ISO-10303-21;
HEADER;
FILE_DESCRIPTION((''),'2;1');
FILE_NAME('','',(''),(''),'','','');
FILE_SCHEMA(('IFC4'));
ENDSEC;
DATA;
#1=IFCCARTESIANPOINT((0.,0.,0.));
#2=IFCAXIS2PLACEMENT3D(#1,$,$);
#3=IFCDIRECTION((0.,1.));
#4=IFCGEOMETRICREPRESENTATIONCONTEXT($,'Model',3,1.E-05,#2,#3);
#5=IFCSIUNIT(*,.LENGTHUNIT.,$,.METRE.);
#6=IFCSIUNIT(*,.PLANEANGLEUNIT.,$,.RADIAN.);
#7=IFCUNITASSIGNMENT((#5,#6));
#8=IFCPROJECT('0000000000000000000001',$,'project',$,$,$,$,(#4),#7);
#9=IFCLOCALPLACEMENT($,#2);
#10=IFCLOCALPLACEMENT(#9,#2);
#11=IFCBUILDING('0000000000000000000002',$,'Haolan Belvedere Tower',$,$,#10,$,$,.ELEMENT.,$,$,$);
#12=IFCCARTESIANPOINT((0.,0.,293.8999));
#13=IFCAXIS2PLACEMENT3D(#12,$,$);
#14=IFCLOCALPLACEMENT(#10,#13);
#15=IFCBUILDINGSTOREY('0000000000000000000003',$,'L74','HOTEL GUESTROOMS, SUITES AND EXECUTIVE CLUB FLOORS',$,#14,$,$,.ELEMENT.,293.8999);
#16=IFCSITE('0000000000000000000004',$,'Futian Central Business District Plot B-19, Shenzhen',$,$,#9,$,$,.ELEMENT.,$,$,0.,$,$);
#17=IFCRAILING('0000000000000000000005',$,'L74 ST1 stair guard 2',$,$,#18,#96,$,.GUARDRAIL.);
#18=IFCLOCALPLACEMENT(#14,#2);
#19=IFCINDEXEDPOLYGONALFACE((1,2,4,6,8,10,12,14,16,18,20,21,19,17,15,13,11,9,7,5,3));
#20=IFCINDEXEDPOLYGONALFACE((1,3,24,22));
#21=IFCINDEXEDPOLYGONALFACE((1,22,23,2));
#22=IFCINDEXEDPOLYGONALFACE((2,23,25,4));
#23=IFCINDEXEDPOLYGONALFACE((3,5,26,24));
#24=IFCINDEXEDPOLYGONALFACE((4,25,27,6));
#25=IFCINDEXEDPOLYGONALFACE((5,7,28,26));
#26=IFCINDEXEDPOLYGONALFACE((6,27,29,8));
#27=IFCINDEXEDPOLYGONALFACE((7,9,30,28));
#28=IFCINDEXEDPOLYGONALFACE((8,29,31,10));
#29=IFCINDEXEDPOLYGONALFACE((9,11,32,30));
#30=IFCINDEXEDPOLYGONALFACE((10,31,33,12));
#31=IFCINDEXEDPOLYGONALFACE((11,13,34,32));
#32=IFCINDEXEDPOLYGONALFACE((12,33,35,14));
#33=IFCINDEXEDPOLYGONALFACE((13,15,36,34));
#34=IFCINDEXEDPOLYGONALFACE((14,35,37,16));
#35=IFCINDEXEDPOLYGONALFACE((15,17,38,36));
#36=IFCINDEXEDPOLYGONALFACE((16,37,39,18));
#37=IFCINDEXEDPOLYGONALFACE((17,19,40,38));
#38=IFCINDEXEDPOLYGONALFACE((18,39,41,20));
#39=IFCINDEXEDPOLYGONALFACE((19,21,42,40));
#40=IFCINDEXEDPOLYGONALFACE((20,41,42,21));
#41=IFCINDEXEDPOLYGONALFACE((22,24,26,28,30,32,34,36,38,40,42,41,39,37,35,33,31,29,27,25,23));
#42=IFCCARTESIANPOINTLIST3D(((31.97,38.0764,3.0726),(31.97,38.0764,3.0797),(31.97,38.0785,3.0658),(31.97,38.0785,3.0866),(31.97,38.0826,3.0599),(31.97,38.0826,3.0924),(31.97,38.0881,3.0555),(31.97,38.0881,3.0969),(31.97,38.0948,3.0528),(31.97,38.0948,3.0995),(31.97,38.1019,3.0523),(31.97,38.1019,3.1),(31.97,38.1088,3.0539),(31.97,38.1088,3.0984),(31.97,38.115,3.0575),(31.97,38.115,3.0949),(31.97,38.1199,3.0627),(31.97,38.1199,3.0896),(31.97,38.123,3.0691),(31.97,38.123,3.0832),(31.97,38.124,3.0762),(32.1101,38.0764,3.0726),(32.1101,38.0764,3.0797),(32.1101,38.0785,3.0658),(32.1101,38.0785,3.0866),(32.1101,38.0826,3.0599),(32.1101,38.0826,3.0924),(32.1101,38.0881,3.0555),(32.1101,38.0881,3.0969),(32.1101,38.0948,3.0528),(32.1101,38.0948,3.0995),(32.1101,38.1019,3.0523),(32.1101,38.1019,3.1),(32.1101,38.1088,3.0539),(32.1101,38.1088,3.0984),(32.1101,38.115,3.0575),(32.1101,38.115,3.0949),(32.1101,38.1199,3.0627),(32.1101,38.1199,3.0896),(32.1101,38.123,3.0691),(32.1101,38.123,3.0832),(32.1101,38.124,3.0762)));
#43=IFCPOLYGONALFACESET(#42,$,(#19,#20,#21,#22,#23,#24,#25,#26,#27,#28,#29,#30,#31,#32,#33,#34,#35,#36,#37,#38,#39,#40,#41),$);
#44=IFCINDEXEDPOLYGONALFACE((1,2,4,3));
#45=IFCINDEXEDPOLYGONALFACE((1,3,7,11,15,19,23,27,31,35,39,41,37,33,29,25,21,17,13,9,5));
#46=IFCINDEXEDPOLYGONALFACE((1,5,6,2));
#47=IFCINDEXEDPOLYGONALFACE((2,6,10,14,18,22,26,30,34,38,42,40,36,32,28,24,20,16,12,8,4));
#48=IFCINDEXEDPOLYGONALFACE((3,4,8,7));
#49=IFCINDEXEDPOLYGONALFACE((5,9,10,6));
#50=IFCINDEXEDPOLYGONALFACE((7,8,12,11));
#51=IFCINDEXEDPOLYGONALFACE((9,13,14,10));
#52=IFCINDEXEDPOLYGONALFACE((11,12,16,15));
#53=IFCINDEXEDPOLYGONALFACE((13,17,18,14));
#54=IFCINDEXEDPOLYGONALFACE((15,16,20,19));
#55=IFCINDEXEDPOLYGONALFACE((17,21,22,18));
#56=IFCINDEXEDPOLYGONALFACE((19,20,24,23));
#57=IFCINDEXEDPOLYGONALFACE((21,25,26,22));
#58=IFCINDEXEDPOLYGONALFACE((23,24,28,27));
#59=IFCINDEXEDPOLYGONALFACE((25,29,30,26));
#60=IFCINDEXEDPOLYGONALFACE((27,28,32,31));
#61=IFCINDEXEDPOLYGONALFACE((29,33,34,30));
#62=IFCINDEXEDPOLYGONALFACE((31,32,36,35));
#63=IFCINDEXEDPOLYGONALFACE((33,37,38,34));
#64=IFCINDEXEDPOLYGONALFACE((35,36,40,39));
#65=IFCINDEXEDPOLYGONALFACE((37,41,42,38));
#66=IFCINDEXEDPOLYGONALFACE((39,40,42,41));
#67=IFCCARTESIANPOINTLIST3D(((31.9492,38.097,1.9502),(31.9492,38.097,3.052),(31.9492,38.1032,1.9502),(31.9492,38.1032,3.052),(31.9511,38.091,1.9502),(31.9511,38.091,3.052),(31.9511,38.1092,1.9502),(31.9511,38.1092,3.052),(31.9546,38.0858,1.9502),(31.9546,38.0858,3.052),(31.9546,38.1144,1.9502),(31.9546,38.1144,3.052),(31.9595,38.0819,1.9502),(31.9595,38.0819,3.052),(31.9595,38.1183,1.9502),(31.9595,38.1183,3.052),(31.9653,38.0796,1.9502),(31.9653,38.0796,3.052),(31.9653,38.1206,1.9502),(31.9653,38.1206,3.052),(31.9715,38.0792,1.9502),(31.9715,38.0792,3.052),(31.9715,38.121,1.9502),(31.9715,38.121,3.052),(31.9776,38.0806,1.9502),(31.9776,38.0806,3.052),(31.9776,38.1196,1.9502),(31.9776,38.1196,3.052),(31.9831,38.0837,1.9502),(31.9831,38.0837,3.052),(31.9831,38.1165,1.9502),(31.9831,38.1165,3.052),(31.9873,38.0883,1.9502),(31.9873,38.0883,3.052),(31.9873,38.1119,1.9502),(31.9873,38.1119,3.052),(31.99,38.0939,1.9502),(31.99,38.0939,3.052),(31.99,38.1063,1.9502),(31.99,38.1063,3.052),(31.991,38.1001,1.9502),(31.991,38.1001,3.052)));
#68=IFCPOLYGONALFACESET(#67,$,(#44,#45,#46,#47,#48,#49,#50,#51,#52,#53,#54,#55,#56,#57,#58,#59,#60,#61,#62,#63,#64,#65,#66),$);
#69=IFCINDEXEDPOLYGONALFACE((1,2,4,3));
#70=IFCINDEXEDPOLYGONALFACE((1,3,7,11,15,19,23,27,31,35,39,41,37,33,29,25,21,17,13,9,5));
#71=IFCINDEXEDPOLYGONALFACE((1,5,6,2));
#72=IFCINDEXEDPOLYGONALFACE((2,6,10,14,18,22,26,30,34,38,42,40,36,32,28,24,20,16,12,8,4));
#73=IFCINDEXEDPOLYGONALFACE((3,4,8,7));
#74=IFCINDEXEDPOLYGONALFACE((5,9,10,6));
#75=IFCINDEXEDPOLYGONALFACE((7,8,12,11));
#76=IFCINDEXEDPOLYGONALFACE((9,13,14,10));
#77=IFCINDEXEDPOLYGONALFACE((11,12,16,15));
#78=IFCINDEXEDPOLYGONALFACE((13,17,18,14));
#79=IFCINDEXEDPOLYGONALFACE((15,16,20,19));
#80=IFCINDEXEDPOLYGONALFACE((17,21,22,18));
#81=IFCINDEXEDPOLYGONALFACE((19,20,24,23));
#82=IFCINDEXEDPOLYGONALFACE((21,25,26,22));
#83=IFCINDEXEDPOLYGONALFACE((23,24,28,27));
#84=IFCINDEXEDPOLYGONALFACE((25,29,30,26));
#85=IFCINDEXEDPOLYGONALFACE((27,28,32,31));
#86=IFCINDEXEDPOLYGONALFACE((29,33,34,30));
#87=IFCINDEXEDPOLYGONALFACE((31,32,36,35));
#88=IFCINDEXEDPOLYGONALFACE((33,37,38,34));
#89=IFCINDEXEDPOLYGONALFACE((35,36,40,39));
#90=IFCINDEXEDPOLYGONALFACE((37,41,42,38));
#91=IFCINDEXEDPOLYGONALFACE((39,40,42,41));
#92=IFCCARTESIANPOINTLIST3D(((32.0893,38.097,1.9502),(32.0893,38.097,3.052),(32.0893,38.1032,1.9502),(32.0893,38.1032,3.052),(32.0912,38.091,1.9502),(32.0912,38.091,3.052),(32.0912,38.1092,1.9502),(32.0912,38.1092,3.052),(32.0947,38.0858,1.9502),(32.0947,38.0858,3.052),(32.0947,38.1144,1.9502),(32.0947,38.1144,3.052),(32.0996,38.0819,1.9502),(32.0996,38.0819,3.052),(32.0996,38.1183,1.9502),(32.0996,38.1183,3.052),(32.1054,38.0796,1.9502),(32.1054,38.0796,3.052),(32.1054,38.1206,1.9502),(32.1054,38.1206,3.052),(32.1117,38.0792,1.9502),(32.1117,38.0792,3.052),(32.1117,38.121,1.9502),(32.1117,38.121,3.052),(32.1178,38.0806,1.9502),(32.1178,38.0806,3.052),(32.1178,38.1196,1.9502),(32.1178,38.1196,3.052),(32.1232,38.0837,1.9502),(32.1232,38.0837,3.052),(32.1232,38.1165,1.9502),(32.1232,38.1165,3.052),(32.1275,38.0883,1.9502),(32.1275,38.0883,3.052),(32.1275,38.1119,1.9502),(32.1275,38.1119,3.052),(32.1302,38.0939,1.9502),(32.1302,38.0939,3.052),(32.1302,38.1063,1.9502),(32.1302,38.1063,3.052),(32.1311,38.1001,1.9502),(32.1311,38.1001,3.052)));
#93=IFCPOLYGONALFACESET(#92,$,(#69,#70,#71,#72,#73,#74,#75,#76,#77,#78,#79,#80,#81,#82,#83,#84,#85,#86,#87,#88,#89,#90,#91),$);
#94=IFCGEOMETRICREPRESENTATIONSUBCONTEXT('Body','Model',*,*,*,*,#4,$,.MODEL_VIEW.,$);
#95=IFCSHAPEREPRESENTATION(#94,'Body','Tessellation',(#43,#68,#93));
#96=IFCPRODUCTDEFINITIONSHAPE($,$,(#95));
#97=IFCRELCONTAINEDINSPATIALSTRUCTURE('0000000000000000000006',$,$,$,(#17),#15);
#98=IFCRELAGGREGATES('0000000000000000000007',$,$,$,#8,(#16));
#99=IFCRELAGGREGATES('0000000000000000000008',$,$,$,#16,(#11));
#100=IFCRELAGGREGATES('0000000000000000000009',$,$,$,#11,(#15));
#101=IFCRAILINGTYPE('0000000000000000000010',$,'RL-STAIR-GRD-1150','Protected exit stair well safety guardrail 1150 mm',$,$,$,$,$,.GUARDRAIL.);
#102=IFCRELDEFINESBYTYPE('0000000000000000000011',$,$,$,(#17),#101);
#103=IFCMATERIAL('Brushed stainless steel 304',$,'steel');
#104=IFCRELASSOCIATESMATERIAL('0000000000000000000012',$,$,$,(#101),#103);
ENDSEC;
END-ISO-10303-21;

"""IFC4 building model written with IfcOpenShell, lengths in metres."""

from ifc_helpers import new_model, si_unit, direction, frame, origin, origin_2d, place, context, subcontext, project, spatial, circle, extrude, material, type_object, element, save


model = new_model("IFC4")

# Units and contexts
model_context = context("Model", 3, precision=1e-05, world=origin(), true_north=direction((0.0, 1.0)))
body_context = subcontext(model_context, "Body", "Model", "MODEL_VIEW")
ifc_project = project(units=[si_unit("LENGTHUNIT", "METRE"), si_unit("PLANEANGLEUNIT", "RADIAN")], contexts=[model_context])

# Site, building, storey
site_placement = place(None, origin())
site = spatial("IfcSite", under=ifc_project, at=site_placement, Name="Futian Central Business District Plot B-19, Shenzhen", CompositionType="ELEMENT", RefElevation=0.0)
building_placement = place(site_placement, origin())
building = spatial("IfcBuilding", under=site, at=building_placement, Name="Haolan Belvedere Tower", CompositionType="ELEMENT")
storey_placement = place(building_placement, frame((0.0, 0.0, 293.8999)))
storey = spatial("IfcBuildingStorey", under=building, at=storey_placement, Name="L74", Description="HOTEL GUESTROOMS, SUITES AND EXECUTIVE CLUB FLOORS", CompositionType="ELEMENT", Elevation=293.8999)

# Railing
ifc_material_1 = material(Name="Brushed stainless steel 304", Category="steel")
railing_type_1 = type_object("IfcRailingType", Name="RL-STAIR-GRD-1150", Description="Protected exit stair well safety guardrail 1150 mm", PredefinedType="GUARDRAIL", material=ifc_material_1)
railing_1_placement = place(storey_placement, frame((31.97, 38.1001, 1.9502)))
element("IfcRailing", 1, at=railing_1_placement, inside=storey, type_object=railing_type_1, Name="L74 ST1 stair guard 2", PredefinedType="GUARDRAIL", context=body_context, shape_type="SweptSolid", body=[
    extrude(circle(Radius=0.0239, at=origin_2d()), frame((0.0, 0.0, 1.126), z_axis=(1.0, 0.0, 0.0), x_axis=(0.0, 1.0, 0.0)), (0.0, 0.0, 1.0), 0.1401),
    extrude(circle(Radius=0.021, at=origin_2d()), origin(), (0.0, 0.0, 1.0), 1.1018),
    extrude(circle(Radius=0.021, at=origin_2d()), frame((0.1401, 0.0, 0.0)), (0.0, 0.0, 1.0), 1.1018),
])

save(model, "model.ifc")
